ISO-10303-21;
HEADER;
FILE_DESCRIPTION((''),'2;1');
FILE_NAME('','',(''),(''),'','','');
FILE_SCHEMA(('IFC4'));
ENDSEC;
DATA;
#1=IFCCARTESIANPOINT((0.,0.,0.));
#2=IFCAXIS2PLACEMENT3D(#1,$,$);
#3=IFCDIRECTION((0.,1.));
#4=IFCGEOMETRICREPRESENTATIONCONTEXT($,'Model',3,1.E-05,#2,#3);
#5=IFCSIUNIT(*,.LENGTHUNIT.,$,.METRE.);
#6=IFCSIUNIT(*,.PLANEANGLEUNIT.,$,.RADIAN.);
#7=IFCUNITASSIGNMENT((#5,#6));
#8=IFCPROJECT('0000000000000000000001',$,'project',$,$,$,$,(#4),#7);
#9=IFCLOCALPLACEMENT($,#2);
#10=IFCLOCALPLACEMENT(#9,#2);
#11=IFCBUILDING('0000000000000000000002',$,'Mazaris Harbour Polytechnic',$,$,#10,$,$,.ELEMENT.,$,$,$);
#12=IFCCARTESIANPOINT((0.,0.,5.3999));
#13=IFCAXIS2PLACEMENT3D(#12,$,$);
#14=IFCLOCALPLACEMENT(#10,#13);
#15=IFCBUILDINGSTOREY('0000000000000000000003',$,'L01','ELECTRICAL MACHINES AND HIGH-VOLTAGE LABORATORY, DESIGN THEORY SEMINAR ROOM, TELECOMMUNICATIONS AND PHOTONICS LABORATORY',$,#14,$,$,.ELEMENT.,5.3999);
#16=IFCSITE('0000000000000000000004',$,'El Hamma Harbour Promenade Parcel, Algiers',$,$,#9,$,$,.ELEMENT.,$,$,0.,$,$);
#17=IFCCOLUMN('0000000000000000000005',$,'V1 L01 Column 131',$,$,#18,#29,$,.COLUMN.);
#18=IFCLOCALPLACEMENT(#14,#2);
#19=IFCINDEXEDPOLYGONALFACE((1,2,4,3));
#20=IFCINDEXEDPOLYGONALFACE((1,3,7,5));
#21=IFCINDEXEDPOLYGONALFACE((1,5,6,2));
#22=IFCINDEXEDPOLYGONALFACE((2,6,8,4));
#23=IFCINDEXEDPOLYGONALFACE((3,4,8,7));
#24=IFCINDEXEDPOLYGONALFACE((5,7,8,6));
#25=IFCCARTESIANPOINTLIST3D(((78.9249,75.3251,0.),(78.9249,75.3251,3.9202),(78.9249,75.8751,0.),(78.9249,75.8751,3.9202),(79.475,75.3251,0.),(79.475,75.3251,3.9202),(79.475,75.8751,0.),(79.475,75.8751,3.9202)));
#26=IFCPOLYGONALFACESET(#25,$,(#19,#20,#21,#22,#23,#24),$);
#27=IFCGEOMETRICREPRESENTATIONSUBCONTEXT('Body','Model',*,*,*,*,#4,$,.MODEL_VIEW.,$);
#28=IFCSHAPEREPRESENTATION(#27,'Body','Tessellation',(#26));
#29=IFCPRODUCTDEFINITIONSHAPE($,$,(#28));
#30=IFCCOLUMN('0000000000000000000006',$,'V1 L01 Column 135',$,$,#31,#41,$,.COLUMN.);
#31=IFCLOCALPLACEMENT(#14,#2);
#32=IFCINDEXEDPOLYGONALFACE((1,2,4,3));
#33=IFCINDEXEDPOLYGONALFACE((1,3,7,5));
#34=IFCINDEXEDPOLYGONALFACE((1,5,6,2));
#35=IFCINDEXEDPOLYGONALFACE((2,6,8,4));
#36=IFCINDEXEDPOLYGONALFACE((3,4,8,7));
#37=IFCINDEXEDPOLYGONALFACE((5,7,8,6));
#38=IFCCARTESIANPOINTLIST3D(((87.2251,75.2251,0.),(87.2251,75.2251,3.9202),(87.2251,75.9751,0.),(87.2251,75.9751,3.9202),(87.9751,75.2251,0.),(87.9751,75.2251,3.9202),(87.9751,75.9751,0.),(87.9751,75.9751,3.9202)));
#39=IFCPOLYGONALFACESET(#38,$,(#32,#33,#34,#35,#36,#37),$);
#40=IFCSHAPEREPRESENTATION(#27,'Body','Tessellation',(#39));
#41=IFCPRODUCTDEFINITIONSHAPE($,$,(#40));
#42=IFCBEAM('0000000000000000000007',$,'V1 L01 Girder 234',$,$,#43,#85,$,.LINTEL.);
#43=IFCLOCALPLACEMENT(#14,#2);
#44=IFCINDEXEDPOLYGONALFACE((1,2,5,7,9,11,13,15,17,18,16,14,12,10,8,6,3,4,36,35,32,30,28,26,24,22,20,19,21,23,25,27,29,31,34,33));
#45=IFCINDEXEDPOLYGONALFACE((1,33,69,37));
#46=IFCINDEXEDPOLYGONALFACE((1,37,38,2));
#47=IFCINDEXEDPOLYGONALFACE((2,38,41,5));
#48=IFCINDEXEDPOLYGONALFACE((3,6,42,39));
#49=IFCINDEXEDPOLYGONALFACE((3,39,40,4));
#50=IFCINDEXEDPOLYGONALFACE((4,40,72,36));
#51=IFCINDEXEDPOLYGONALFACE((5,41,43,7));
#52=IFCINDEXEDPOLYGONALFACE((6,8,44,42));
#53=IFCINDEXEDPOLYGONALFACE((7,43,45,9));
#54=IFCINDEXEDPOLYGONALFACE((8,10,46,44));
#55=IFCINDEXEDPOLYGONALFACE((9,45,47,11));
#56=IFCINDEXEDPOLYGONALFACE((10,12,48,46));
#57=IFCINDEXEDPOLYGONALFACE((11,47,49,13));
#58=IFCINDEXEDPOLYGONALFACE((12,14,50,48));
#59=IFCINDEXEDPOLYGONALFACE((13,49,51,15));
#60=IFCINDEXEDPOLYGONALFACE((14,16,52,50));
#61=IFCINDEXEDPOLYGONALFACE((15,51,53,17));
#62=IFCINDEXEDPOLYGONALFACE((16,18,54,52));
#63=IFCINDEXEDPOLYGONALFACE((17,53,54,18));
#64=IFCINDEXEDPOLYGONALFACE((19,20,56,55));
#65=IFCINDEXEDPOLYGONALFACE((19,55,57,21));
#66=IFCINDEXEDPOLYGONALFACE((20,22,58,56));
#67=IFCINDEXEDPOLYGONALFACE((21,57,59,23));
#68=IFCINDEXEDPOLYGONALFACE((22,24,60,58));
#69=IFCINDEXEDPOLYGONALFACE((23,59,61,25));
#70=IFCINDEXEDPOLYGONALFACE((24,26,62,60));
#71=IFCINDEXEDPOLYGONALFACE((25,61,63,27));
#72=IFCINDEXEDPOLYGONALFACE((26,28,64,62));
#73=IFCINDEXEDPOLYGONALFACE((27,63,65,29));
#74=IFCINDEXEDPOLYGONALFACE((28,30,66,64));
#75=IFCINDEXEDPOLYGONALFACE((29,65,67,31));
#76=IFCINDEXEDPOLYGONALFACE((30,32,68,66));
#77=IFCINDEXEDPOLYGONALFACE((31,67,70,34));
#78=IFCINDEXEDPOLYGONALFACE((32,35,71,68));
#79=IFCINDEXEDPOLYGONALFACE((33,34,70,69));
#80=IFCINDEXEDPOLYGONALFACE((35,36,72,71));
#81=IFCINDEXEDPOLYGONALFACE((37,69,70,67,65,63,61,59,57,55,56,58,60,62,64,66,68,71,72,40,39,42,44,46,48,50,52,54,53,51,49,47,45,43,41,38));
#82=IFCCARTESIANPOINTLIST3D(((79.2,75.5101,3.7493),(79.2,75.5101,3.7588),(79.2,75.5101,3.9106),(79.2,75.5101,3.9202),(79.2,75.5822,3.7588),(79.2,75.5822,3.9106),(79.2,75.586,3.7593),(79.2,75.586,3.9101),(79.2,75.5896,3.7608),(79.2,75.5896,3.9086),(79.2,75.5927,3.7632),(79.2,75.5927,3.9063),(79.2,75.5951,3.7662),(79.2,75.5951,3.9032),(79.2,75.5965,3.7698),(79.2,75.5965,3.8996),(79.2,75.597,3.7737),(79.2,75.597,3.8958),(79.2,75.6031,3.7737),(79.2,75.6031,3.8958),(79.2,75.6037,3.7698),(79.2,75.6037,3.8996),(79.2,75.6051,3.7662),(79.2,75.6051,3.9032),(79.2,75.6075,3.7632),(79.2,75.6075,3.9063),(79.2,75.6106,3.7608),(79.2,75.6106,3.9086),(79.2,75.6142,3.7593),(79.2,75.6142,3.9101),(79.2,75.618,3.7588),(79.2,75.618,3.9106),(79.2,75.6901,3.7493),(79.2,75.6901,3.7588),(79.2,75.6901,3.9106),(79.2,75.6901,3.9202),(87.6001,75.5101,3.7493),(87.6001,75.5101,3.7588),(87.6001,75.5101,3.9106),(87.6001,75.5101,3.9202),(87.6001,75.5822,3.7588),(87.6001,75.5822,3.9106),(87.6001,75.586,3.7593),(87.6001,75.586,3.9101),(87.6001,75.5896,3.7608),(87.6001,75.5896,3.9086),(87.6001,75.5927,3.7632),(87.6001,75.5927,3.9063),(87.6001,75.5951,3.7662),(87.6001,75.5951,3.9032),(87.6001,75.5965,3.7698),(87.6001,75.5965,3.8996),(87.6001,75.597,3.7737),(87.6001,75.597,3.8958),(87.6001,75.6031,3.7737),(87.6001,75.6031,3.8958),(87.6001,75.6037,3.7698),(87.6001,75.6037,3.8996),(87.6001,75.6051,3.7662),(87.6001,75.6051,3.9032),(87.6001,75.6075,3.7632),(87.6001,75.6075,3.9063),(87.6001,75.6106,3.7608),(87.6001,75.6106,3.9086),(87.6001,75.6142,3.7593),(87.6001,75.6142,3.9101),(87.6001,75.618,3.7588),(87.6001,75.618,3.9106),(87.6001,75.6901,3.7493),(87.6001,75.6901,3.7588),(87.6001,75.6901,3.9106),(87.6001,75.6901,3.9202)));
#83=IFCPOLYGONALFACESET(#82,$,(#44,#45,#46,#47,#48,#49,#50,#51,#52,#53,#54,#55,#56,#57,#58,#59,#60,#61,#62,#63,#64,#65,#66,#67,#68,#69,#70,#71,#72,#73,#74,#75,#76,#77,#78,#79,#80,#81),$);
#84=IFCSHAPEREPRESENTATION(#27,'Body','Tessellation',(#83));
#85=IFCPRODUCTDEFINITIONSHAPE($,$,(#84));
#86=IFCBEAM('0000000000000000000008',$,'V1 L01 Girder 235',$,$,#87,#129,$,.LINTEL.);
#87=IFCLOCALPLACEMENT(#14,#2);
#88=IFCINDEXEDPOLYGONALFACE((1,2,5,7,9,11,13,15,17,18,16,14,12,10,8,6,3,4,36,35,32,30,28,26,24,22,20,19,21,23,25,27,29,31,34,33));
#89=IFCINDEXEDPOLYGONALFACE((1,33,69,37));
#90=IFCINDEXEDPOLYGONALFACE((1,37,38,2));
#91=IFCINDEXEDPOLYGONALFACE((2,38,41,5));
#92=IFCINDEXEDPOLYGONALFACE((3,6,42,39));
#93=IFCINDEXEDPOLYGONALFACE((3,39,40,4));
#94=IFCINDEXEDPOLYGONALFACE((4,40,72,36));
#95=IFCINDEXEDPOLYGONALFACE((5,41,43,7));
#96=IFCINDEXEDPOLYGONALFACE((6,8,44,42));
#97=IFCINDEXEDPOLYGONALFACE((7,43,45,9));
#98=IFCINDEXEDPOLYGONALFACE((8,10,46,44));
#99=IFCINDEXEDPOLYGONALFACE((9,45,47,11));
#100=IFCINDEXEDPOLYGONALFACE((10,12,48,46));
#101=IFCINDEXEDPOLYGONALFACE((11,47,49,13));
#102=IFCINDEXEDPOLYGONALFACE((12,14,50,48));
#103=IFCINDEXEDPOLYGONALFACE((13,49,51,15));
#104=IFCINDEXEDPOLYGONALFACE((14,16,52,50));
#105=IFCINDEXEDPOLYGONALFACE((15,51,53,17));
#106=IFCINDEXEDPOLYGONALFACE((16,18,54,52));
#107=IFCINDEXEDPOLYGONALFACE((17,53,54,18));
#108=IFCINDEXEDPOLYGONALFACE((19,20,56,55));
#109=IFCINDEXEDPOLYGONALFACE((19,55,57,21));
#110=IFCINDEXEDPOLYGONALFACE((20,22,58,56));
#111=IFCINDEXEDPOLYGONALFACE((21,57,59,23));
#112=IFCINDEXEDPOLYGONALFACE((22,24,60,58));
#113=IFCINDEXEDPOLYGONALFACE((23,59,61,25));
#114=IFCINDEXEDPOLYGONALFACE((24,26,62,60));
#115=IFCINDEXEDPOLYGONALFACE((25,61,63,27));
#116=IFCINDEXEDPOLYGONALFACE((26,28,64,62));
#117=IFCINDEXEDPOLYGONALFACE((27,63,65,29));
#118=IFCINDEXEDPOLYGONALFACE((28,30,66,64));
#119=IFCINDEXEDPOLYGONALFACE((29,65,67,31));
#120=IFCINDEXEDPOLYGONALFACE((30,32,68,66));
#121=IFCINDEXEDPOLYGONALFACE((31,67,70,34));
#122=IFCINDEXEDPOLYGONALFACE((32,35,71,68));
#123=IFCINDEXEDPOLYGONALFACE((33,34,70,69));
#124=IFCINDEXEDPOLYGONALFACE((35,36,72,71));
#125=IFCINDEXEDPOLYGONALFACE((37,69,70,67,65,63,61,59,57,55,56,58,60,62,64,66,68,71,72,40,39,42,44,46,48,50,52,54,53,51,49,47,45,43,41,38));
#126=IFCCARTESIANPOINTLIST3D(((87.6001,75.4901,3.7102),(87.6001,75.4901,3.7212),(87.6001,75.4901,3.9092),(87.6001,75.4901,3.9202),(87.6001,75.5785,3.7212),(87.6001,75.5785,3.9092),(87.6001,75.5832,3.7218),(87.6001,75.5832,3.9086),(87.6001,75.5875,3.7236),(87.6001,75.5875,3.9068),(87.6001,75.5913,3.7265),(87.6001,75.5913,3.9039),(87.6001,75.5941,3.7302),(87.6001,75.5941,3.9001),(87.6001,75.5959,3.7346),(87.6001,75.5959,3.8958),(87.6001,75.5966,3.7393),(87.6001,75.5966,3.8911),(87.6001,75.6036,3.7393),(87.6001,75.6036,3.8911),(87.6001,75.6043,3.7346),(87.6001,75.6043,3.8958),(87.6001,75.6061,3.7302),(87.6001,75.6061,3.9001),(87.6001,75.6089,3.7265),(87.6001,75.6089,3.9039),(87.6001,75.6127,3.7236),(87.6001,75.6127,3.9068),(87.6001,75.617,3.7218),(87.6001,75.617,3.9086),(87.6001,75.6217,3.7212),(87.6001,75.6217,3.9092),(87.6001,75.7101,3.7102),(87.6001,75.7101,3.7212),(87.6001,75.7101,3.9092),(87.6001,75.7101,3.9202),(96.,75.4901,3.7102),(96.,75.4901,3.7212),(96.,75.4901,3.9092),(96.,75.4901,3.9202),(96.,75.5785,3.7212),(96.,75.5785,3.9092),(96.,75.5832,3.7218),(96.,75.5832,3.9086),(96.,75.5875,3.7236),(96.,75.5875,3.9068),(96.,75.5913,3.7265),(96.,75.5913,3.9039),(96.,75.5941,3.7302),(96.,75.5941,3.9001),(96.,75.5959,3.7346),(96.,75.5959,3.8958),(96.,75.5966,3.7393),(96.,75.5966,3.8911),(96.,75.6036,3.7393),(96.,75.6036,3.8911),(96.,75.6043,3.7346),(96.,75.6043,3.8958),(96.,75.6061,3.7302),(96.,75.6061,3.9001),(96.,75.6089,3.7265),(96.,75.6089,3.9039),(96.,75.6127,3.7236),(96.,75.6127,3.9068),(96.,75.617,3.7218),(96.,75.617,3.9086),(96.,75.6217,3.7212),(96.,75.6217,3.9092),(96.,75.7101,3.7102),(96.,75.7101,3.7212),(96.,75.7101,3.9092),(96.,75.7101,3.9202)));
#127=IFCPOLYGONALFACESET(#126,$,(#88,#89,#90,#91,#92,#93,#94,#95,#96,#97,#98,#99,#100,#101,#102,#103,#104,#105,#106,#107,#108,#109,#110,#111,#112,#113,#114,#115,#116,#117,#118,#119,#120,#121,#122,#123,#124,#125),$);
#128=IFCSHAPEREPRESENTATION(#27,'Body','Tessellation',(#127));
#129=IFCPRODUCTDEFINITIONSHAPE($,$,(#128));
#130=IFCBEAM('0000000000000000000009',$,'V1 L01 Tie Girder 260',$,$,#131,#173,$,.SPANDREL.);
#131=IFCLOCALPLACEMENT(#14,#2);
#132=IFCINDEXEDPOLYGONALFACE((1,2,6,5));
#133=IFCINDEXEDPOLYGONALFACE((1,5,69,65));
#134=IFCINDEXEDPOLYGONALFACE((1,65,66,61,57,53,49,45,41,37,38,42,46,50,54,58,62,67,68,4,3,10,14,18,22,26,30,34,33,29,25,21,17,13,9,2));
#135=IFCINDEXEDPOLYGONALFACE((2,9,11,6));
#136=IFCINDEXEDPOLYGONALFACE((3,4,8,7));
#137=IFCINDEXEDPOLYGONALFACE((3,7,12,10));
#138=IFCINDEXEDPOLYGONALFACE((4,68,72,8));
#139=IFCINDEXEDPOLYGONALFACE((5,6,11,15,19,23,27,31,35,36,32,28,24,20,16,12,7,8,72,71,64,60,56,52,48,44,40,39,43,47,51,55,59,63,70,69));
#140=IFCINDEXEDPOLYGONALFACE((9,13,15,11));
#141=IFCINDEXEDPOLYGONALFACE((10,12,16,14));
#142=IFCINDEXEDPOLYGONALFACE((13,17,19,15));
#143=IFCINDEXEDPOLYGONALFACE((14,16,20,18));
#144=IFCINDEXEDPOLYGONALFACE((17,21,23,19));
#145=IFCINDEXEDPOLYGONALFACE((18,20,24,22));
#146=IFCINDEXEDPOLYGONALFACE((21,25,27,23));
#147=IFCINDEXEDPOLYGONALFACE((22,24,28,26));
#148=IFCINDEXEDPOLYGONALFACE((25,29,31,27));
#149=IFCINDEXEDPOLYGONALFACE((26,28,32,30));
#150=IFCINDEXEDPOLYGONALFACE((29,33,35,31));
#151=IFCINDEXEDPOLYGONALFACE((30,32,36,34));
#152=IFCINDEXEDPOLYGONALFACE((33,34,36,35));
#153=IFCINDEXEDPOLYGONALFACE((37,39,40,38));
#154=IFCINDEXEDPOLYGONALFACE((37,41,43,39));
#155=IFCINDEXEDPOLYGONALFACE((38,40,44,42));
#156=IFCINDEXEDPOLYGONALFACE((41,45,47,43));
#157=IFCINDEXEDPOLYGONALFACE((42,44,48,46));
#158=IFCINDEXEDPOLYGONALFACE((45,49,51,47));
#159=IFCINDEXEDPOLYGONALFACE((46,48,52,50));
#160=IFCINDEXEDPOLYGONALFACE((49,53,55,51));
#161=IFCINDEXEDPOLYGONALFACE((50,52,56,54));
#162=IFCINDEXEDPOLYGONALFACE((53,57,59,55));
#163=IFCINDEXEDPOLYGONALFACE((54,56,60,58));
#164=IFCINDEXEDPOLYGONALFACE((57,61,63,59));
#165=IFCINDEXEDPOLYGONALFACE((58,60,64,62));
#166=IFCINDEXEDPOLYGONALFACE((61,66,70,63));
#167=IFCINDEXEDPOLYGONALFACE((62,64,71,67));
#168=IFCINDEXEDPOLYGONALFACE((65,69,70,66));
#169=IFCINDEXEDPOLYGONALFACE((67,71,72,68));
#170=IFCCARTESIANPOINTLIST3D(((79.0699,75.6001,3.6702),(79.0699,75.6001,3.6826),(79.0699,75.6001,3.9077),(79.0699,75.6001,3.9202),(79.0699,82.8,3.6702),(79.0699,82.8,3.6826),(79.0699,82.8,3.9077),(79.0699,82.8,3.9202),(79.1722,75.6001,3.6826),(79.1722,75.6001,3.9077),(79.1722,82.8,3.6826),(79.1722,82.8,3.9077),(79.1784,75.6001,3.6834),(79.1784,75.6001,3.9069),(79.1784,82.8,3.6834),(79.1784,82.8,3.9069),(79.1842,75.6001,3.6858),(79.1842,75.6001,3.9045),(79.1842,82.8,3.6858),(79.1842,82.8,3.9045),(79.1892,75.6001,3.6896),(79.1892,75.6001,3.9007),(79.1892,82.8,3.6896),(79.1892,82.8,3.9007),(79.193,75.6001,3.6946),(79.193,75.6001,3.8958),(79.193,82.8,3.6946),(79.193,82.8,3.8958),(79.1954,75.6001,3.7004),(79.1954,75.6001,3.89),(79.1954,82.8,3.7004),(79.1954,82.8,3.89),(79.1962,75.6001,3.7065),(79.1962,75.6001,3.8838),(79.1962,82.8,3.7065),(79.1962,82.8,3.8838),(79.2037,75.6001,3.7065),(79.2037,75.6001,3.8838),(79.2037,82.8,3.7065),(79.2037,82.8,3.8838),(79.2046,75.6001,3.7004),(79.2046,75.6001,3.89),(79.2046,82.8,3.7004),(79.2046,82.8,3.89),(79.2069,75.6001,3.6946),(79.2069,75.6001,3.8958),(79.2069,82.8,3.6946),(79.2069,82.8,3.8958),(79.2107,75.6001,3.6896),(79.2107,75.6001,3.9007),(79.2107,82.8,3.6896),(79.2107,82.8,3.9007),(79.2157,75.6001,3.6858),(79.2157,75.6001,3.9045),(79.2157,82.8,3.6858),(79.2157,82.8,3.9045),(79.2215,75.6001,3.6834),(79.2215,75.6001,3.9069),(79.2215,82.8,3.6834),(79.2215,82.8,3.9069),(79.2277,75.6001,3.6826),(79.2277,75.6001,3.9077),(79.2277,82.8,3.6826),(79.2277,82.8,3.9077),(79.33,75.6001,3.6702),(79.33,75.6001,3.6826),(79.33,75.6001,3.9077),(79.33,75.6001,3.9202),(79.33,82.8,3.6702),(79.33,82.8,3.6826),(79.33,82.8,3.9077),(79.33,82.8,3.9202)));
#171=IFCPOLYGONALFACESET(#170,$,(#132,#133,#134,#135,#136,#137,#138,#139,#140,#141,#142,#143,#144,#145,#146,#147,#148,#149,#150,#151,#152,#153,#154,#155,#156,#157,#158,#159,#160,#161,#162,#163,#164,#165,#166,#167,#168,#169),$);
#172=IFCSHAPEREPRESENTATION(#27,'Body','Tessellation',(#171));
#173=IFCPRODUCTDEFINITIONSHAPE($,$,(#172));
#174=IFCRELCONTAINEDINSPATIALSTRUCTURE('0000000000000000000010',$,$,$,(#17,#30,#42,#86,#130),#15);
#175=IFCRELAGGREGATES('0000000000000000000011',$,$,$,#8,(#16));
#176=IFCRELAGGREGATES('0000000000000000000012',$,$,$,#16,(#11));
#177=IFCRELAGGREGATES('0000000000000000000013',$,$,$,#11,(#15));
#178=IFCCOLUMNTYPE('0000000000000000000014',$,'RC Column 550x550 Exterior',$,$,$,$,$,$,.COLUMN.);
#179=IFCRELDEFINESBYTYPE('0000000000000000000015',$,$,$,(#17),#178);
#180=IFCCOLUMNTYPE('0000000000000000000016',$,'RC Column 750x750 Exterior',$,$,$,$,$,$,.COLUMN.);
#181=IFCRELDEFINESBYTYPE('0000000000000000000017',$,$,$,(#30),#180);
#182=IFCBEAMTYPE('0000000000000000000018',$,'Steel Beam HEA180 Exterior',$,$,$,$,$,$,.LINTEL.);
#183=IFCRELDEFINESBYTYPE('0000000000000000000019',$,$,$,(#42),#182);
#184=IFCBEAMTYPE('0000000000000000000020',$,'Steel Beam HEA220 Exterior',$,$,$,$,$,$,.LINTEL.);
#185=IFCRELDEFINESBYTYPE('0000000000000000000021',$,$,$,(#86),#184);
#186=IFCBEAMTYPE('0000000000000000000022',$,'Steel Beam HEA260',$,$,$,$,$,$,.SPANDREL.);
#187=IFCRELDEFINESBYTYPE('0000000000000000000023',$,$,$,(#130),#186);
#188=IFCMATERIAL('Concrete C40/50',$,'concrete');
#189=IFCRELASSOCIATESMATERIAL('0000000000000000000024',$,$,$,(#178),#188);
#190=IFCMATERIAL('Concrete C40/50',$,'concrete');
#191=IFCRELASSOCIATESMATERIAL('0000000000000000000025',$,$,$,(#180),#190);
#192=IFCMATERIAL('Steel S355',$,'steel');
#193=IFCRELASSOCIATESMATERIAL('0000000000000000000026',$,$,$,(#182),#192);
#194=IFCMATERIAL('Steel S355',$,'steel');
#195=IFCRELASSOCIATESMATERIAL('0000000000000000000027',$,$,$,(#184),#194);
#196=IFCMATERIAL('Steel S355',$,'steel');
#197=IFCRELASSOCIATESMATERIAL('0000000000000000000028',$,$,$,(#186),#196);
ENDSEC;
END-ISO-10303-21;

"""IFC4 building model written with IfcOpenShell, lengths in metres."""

from ifc_helpers import new_model, si_unit, direction, frame, origin, origin_2d, place, context, subcontext, project, spatial, rectangle, i_section, extrude, material, material_profile, profile_set, type_object, element, save


model = new_model("IFC4")

# Units and contexts
model_context = context("Model", 3, precision=1e-05, world=origin(), true_north=direction((0.0, 1.0)))
body_context = subcontext(model_context, "Body", "Model", "MODEL_VIEW")
ifc_project = project(units=[si_unit("LENGTHUNIT", "METRE"), si_unit("PLANEANGLEUNIT", "RADIAN")], contexts=[model_context])

# Site, building, storey
site_placement = place(None, origin())
site = spatial("IfcSite", under=ifc_project, at=site_placement, Name="El Hamma Harbour Promenade Parcel, Algiers", CompositionType="ELEMENT", RefElevation=0.0)
building_placement = place(site_placement, origin())
building = spatial("IfcBuilding", under=site, at=building_placement, Name="Mazaris Harbour Polytechnic", CompositionType="ELEMENT")
storey_placement = place(building_placement, frame((0.0, 0.0, 5.3999)))
storey = spatial("IfcBuildingStorey", under=building, at=storey_placement, Name="L01", Description="ELECTRICAL MACHINES AND HIGH-VOLTAGE LABORATORY, DESIGN THEORY SEMINAR ROOM, TELECOMMUNICATIONS AND PHOTONICS LABORATORY", CompositionType="ELEMENT", Elevation=5.3999)

# Columns
ifc_material_1 = material(Name="Concrete C40/50", Category="concrete")
ifc_material_profile_1 = material_profile(ifc_material_1, rectangle(XDim=0.55, YDim=0.55, at=origin_2d()), Name="RECT550x550")
ifc_profile_set_1 = profile_set([ifc_material_profile_1], Name="Concrete C40/50")
column_type_1 = type_object("IfcColumnType", Name="RC Column 550x550 Exterior", PredefinedType="COLUMN", material=ifc_profile_set_1)
column_1_placement = place(storey_placement, frame((79.2, 75.6001, 0.0), z_axis=(0.0, 0.0, 1.0), x_axis=(1.0, 0.0, 0.0)))
element("IfcColumn", 1, at=column_1_placement, inside=storey, type_object=column_type_1, Name="V1 L01 Column 131", PredefinedType="COLUMN", context=body_context, shape_type="SweptSolid", body=[
    extrude(rectangle(XDim=0.55, YDim=0.55, at=origin_2d()), origin(), (0.0, 0.0, 1.0), 3.9202),
])
ifc_material_2 = material(Name="Concrete C40/50", Category="concrete")
ifc_material_profile_2 = material_profile(ifc_material_2, rectangle(XDim=0.75, YDim=0.75, at=origin_2d()), Name="RECT750x750")
ifc_profile_set_2 = profile_set([ifc_material_profile_2], Name="Concrete C40/50")
column_type_2 = type_object("IfcColumnType", Name="RC Column 750x750 Exterior", PredefinedType="COLUMN", material=ifc_profile_set_2)
column_2_placement = place(storey_placement, frame((87.6001, 75.6001, 0.0), z_axis=(0.0, 0.0, 1.0), x_axis=(1.0, 0.0, 0.0)))
element("IfcColumn", 2, at=column_2_placement, inside=storey, type_object=column_type_2, Name="V1 L01 Column 135", PredefinedType="COLUMN", context=body_context, shape_type="SweptSolid", body=[
    extrude(rectangle(XDim=0.75, YDim=0.75, at=origin_2d()), origin(), (0.0, 0.0, 1.0), 3.9202),
])

# Beams
ifc_material_3 = material(Name="Steel S355", Category="steel")
ifc_material_profile_3 = material_profile(ifc_material_3, i_section(OverallWidth=0.1799, OverallDepth=0.1709, WebThickness=0.0061, FlangeThickness=0.0095, FilletRadius=0.0149, at=origin_2d()), Name="HEA 180")
ifc_profile_set_3 = profile_set([ifc_material_profile_3], Name="Steel S355")
beam_type_1 = type_object("IfcBeamType", Name="Steel Beam HEA180 Exterior", PredefinedType="LINTEL", material=ifc_profile_set_3)
beam_1_placement = place(storey_placement, frame((79.2, 75.6001, 3.8347), z_axis=(1.0, 0.0, 0.0), x_axis=(0.0, 1.0, 0.0)))
element("IfcBeam", 3, at=beam_1_placement, inside=storey, type_object=beam_type_1, Name="V1 L01 Girder 234", PredefinedType="LINTEL", context=body_context, shape_type="SweptSolid", body=[
    extrude(i_section(OverallWidth=0.1799, OverallDepth=0.1709, WebThickness=0.0061, FlangeThickness=0.0095, FilletRadius=0.0149, at=origin_2d()), origin(), (0.0, 0.0, 1.0), 8.4001),
])
ifc_material_4 = material(Name="Steel S355", Category="steel")
ifc_material_profile_4 = material_profile(ifc_material_4, i_section(OverallWidth=0.22, OverallDepth=0.21, WebThickness=0.0071, FlangeThickness=0.011, FilletRadius=0.0181, at=origin_2d()), Name="HEA 220")
ifc_profile_set_4 = profile_set([ifc_material_profile_4], Name="Steel S355")
beam_type_2 = type_object("IfcBeamType", Name="Steel Beam HEA220 Exterior", PredefinedType="LINTEL", material=ifc_profile_set_4)
beam_2_placement = place(storey_placement, frame((87.6001, 75.6001, 3.8152), z_axis=(1.0, 0.0, 0.0), x_axis=(0.0, 1.0, 0.0)))
element("IfcBeam", 4, at=beam_2_placement, inside=storey, type_object=beam_type_2, Name="V1 L01 Girder 235", PredefinedType="LINTEL", context=body_context, shape_type="SweptSolid", body=[
    extrude(i_section(OverallWidth=0.22, OverallDepth=0.21, WebThickness=0.0071, FlangeThickness=0.011, FilletRadius=0.0181, at=origin_2d()), origin(), (0.0, 0.0, 1.0), 8.3999),
])
ifc_material_5 = material(Name="Steel S355", Category="steel")
ifc_material_profile_5 = material_profile(ifc_material_5, i_section(OverallWidth=0.26, OverallDepth=0.25, WebThickness=0.0076, FlangeThickness=0.0125, FilletRadius=0.0239, at=origin_2d()), Name="HEA 260")
ifc_profile_set_5 = profile_set([ifc_material_profile_5], Name="Steel S355")
beam_type_3 = type_object("IfcBeamType", Name="Steel Beam HEA260", PredefinedType="SPANDREL", material=ifc_profile_set_5)
beam_3_placement = place(storey_placement, frame((79.2, 75.6001, 3.7952), z_axis=(0.0, 1.0, 0.0), x_axis=(-1.0, 0.0, 0.0)))
element("IfcBeam", 5, at=beam_3_placement, inside=storey, type_object=beam_type_3, Name="V1 L01 Tie Girder 260", PredefinedType="SPANDREL", context=body_context, shape_type="SweptSolid", body=[
    extrude(i_section(OverallWidth=0.26, OverallDepth=0.25, WebThickness=0.0076, FlangeThickness=0.0125, FilletRadius=0.0239, at=origin_2d()), origin(), (0.0, 0.0, 1.0), 7.2),
])

save(model, "model.ifc")
